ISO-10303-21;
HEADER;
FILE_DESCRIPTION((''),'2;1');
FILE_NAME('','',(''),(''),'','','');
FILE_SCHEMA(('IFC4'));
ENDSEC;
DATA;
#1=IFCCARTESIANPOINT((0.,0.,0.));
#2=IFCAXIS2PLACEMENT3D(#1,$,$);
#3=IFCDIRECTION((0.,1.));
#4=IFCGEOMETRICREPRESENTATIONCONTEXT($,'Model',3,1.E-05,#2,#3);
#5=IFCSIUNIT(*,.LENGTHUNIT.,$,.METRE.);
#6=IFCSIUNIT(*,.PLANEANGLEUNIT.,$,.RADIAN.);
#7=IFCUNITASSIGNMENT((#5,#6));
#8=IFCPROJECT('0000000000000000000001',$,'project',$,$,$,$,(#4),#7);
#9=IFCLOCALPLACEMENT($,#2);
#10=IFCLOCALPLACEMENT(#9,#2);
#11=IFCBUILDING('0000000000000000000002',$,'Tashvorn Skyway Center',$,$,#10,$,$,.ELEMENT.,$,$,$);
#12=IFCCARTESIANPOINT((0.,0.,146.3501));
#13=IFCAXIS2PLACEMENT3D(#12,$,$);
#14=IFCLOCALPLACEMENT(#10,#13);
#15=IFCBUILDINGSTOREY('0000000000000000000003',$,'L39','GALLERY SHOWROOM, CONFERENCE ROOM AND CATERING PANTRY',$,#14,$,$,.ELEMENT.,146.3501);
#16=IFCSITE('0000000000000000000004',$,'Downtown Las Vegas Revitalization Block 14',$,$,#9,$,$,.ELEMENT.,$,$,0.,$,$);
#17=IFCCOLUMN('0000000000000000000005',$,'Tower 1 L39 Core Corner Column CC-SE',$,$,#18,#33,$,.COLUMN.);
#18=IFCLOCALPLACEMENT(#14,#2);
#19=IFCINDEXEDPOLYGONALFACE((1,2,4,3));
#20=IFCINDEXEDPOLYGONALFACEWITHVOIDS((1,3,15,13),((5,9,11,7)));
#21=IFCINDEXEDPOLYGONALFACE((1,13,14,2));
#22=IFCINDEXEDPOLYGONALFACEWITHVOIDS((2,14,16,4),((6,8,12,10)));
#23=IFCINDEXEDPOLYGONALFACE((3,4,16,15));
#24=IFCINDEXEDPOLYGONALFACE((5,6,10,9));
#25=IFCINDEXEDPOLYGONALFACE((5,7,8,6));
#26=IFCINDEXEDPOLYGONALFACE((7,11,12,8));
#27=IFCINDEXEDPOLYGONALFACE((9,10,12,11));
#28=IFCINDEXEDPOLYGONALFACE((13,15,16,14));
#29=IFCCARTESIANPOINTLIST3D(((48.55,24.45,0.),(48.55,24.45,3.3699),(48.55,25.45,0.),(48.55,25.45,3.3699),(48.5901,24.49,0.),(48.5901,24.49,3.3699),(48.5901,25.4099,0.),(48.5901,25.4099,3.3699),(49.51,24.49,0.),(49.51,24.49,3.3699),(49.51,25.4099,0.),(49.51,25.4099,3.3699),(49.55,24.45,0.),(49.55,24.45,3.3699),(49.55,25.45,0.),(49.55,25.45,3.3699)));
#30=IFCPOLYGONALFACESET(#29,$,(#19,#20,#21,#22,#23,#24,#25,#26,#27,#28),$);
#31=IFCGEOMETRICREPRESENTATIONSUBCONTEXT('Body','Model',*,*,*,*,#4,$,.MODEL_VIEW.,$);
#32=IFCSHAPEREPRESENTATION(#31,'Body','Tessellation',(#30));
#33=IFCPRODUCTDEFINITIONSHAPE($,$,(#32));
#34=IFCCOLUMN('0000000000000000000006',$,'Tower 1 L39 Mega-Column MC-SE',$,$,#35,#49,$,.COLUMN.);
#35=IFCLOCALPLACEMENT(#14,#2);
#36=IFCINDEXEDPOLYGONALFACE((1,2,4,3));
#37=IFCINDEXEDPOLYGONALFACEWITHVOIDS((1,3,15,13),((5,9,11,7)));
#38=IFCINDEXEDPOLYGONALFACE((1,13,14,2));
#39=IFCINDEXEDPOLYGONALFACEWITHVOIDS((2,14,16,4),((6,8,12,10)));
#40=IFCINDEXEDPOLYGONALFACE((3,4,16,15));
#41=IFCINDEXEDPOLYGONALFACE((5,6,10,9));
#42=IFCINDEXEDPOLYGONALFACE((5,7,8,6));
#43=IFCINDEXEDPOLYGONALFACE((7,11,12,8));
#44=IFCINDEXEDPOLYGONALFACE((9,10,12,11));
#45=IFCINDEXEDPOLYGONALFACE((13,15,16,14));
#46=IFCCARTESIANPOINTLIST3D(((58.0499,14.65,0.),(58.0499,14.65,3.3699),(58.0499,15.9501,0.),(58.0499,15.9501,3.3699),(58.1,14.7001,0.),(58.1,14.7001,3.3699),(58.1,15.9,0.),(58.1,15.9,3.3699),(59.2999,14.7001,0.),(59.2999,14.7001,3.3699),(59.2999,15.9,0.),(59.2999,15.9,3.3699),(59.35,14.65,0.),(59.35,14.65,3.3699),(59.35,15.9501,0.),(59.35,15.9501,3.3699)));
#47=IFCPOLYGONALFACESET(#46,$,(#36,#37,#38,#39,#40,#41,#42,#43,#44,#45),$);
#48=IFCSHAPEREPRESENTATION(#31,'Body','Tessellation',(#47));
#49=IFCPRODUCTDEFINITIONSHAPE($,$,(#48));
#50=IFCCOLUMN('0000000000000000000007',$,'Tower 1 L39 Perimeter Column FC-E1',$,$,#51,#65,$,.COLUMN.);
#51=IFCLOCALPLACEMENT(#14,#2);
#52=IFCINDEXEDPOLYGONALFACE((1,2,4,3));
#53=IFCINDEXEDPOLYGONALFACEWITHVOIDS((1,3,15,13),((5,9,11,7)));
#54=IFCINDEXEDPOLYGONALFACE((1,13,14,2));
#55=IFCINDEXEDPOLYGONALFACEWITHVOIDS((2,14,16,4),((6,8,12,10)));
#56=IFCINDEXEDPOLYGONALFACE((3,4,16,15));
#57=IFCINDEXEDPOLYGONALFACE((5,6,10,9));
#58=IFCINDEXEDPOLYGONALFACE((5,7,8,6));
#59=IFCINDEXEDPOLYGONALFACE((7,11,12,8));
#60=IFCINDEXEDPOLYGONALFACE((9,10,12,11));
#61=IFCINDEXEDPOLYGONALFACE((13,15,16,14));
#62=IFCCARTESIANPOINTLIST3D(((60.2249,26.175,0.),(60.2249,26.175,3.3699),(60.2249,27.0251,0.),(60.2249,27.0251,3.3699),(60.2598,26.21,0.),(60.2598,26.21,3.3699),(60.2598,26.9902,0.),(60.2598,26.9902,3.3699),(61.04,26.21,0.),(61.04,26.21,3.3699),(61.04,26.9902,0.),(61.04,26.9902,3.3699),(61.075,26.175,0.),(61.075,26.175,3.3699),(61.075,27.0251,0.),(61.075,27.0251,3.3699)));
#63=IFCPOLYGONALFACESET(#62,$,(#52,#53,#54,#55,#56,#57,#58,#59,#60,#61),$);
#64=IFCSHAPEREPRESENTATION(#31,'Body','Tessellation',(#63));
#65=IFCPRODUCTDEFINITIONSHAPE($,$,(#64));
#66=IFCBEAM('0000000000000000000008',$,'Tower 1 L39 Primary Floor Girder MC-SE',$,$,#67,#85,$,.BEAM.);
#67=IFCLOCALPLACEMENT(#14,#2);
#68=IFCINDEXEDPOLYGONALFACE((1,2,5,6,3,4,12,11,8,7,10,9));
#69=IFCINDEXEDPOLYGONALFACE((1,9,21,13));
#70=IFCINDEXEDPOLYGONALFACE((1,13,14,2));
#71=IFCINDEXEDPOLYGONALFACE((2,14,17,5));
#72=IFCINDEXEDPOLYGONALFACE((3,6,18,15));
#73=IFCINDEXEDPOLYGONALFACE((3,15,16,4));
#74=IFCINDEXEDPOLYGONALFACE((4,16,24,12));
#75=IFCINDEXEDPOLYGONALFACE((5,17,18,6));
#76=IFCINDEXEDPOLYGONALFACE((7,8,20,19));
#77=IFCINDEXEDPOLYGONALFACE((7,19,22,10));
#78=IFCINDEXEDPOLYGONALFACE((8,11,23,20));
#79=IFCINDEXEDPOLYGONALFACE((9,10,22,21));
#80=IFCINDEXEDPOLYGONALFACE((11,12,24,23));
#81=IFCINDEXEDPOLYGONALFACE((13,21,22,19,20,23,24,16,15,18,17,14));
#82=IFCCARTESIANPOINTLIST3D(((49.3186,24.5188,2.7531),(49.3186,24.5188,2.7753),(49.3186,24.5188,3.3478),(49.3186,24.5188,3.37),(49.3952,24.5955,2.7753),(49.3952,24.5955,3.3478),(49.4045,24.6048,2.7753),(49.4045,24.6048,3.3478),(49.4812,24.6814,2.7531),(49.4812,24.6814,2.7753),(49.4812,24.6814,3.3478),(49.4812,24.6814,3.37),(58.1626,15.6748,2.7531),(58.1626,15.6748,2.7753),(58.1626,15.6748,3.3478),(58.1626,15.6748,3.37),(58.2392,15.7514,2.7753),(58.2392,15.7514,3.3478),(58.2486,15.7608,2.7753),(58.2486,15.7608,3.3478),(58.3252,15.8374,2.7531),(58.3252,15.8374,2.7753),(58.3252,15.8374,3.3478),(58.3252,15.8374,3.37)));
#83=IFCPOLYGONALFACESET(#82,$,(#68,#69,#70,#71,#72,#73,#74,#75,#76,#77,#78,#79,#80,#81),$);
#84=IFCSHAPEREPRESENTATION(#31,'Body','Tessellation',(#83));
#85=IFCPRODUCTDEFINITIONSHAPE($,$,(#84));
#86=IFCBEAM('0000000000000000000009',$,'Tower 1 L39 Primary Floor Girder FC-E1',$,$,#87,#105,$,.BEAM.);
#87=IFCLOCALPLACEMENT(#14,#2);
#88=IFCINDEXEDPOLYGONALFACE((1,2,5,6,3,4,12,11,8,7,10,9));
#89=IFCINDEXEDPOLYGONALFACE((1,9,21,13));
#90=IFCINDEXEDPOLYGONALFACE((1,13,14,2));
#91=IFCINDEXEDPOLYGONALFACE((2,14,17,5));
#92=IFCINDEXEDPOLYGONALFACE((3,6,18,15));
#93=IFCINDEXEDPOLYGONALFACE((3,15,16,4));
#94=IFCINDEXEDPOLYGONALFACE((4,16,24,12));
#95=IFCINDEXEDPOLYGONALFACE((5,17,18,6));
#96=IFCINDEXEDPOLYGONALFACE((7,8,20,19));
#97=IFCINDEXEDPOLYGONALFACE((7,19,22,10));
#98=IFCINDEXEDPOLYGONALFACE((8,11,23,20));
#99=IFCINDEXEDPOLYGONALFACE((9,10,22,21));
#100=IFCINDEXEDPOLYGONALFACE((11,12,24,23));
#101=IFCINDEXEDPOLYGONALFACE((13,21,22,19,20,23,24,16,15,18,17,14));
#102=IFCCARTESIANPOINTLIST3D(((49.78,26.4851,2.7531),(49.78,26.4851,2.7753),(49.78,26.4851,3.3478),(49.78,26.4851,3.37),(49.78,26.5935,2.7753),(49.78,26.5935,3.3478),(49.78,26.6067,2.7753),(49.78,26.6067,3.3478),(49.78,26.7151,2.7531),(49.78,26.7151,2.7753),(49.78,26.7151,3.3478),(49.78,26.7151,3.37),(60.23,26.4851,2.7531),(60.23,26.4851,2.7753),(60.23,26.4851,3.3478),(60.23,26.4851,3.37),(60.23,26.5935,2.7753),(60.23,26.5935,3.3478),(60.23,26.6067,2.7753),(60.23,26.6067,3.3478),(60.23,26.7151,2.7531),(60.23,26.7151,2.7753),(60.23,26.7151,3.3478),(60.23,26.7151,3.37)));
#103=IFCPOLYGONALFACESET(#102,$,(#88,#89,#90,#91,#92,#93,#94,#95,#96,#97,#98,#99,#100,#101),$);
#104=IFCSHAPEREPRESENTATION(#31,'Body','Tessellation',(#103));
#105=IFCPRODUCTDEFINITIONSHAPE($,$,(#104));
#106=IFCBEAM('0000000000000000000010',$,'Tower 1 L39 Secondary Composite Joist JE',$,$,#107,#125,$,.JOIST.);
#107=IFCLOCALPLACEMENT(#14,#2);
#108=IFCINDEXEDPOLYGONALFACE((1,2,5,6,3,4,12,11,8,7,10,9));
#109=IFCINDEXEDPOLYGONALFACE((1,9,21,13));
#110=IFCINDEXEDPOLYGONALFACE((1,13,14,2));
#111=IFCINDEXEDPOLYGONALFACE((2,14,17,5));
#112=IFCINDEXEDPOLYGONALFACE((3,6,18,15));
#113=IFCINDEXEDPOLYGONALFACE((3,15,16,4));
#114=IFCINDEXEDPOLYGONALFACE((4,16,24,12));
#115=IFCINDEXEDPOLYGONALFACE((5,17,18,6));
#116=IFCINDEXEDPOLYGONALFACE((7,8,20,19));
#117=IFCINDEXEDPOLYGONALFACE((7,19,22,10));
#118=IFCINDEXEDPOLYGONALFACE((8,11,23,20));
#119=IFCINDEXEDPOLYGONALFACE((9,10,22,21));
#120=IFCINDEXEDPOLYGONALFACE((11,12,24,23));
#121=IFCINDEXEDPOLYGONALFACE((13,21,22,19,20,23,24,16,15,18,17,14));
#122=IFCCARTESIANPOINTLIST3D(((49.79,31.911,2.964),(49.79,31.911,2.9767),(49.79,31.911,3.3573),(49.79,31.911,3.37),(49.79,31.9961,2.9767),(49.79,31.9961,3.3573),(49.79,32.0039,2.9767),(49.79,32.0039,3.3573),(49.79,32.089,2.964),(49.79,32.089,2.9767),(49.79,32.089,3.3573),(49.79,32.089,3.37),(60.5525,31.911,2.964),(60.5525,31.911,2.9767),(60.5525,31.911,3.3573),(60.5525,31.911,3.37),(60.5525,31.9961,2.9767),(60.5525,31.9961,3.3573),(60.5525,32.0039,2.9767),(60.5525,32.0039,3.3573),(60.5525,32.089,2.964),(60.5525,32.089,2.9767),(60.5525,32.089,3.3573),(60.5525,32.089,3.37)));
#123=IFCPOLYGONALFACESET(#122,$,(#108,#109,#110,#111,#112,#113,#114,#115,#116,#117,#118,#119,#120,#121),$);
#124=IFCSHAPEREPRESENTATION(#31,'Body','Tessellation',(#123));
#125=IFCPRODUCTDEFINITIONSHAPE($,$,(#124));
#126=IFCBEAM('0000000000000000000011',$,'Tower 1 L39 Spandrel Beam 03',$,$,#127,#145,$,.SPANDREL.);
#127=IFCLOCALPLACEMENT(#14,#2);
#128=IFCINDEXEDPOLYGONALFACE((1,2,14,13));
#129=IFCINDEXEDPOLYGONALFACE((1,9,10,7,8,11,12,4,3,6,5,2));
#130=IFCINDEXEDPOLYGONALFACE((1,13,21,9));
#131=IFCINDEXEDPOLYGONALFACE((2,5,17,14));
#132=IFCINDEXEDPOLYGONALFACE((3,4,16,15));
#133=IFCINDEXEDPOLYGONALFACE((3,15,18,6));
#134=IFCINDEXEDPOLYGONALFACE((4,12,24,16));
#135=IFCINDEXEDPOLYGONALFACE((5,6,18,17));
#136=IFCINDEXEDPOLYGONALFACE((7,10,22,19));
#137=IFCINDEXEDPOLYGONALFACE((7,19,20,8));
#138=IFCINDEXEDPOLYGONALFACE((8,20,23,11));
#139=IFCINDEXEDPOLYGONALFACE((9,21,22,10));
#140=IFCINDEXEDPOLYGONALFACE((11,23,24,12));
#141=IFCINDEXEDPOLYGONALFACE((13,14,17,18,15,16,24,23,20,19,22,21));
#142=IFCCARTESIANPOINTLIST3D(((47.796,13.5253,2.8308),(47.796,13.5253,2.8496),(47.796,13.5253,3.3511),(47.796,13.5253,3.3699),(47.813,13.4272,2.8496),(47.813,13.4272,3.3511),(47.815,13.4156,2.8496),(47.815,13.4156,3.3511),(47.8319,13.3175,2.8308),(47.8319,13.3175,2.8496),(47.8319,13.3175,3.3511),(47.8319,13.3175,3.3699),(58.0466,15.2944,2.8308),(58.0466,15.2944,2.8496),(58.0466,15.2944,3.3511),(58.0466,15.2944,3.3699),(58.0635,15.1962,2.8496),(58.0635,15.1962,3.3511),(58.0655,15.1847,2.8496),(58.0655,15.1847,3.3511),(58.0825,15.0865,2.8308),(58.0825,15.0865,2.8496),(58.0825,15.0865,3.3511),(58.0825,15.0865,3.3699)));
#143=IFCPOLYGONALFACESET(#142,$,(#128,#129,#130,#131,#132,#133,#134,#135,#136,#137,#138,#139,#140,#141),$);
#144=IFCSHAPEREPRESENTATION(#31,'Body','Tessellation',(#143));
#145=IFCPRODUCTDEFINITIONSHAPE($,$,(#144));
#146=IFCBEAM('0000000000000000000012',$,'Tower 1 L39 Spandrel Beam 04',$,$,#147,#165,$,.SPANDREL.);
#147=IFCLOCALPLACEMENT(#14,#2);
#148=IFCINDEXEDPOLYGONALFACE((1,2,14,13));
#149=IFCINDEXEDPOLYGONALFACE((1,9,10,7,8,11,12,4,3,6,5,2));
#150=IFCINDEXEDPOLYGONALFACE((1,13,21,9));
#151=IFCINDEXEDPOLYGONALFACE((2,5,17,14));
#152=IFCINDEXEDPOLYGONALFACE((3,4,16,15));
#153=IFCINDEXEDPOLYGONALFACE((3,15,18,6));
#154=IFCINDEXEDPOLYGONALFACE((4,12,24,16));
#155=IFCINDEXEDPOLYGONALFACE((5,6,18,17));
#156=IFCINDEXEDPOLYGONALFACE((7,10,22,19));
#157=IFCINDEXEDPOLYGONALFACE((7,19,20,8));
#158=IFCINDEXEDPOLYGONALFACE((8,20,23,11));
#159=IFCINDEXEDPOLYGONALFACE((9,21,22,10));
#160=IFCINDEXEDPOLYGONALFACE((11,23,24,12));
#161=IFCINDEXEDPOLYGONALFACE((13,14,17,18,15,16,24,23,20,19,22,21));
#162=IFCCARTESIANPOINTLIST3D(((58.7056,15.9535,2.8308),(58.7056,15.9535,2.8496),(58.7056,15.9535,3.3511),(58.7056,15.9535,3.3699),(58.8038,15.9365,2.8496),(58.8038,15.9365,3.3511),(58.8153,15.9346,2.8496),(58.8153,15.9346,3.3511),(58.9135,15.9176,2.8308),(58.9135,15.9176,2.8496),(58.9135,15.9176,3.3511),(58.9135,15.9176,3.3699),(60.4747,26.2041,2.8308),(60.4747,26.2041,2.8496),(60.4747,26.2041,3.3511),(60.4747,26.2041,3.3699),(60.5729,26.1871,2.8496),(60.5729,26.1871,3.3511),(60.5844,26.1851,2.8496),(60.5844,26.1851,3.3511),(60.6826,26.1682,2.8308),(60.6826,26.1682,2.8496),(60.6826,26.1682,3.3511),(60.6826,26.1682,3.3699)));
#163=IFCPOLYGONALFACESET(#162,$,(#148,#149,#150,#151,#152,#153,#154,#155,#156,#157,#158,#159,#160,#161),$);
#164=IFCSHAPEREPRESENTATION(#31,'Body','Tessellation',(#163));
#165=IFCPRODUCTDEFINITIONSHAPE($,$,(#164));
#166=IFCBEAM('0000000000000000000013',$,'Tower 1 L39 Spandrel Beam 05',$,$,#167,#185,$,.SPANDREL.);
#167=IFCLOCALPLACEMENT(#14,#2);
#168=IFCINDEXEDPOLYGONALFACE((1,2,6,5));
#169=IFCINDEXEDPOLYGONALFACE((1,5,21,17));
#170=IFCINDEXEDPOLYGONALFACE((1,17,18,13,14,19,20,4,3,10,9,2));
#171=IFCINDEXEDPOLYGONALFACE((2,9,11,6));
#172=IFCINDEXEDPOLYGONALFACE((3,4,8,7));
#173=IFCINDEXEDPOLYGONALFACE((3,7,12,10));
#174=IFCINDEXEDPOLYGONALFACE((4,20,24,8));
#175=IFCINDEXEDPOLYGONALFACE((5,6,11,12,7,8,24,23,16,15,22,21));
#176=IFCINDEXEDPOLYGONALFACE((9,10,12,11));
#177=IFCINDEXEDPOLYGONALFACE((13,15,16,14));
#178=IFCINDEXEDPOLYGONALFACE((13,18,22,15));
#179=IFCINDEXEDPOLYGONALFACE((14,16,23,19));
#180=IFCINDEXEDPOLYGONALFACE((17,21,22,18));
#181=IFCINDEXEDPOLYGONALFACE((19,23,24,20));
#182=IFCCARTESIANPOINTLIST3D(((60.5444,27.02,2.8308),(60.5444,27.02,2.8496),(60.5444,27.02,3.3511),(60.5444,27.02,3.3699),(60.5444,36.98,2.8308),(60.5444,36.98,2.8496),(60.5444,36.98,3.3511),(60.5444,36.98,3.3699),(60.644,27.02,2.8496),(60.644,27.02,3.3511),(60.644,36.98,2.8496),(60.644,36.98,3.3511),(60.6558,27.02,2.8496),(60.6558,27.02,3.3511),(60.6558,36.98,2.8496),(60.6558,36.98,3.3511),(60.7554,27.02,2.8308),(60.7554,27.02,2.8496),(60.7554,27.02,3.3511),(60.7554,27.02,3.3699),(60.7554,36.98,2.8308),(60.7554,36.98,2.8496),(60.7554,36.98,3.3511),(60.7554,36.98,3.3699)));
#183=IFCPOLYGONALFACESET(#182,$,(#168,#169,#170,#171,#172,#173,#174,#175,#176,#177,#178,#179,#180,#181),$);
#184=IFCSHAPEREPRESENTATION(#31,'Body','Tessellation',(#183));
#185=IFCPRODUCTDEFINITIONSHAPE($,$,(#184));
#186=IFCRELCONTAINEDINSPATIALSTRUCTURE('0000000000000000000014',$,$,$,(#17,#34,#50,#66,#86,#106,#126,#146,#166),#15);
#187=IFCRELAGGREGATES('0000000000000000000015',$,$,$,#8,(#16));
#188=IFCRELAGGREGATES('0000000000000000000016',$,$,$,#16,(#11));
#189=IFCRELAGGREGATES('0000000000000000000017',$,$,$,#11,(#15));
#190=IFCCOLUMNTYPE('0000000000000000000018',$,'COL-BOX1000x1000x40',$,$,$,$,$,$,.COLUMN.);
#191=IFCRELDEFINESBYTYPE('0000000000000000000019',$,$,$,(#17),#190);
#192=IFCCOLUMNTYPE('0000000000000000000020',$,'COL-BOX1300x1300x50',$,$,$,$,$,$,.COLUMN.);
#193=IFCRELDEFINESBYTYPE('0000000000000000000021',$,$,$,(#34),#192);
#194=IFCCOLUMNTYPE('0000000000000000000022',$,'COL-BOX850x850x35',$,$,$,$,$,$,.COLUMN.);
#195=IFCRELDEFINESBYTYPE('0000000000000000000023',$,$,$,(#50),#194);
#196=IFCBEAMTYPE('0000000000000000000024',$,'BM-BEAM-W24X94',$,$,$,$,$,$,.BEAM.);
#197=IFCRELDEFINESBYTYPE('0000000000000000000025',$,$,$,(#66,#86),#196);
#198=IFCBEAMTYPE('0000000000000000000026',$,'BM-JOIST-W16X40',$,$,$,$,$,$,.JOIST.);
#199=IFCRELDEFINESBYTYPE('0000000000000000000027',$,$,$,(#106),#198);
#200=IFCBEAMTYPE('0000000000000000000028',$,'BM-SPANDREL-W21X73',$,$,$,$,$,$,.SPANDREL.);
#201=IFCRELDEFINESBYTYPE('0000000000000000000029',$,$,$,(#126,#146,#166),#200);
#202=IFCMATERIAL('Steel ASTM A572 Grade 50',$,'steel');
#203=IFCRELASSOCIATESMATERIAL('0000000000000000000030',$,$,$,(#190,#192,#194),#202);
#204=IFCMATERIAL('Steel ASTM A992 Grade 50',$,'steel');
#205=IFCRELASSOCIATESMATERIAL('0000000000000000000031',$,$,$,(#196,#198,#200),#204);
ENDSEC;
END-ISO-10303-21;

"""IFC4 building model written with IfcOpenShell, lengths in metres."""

from ifc_helpers import new_model, si_unit, direction, frame, origin, origin_2d, place, context, subcontext, project, spatial, hollow_rectangle, i_section, extrude, material, material_profile, profile_set, type_object, element, save


model = new_model("IFC4")

# Units and contexts
model_context = context("Model", 3, precision=1e-05, world=origin(), true_north=direction((0.0, 1.0)))
body_context = subcontext(model_context, "Body", "Model", "MODEL_VIEW")
ifc_project = project(units=[si_unit("LENGTHUNIT", "METRE"), si_unit("PLANEANGLEUNIT", "RADIAN")], contexts=[model_context])

# Site, building, storey
site_placement = place(None, origin())
site = spatial("IfcSite", under=ifc_project, at=site_placement, Name="Downtown Las Vegas Revitalization Block 14", CompositionType="ELEMENT", RefElevation=0.0)
building_placement = place(site_placement, origin())
building = spatial("IfcBuilding", under=site, at=building_placement, Name="Tashvorn Skyway Center", CompositionType="ELEMENT")
storey_placement = place(building_placement, frame((0.0, 0.0, 146.3501)))
storey = spatial("IfcBuildingStorey", under=building, at=storey_placement, Name="L39", Description="GALLERY SHOWROOM, CONFERENCE ROOM AND CATERING PANTRY", CompositionType="ELEMENT", Elevation=146.3501)

# Columns
ifc_material_1 = material(Name="Steel ASTM A572 Grade 50", Category="steel")
ifc_material_profile_1 = material_profile(ifc_material_1, hollow_rectangle(XDim=1.0, YDim=1.0, WallThickness=0.04, at=origin_2d()), Name="BOX1000x1000x40")
ifc_profile_set_1 = profile_set([ifc_material_profile_1], Name="Steel ASTM A572 Grade 50")
column_type_1 = type_object("IfcColumnType", Name="COL-BOX1000x1000x40", PredefinedType="COLUMN", material=ifc_profile_set_1)
column_1_placement = place(storey_placement, frame((49.05, 24.95, 0.0), z_axis=(0.0, 0.0, 1.0), x_axis=(1.0, 0.0, 0.0)))
element("IfcColumn", 1, at=column_1_placement, inside=storey, type_object=column_type_1, Name="Tower 1 L39 Core Corner Column CC-SE", PredefinedType="COLUMN", context=body_context, shape_type="SweptSolid", body=[
    extrude(hollow_rectangle(XDim=1.0, YDim=1.0, WallThickness=0.04, at=origin_2d()), origin(), (0.0, 0.0, 1.0), 3.3699),
])
ifc_material_profile_2 = material_profile(ifc_material_1, hollow_rectangle(XDim=1.3, YDim=1.3, WallThickness=0.05, at=origin_2d()), Name="BOX1300x1300x50")
ifc_profile_set_2 = profile_set([ifc_material_profile_2], Name="Steel ASTM A572 Grade 50")
column_type_2 = type_object("IfcColumnType", Name="COL-BOX1300x1300x50", PredefinedType="COLUMN", material=ifc_profile_set_2)
column_2_placement = place(storey_placement, frame((58.7, 15.3, 0.0), z_axis=(0.0, 0.0, 1.0), x_axis=(1.0, 0.0, 0.0)))
element("IfcColumn", 2, at=column_2_placement, inside=storey, type_object=column_type_2, Name="Tower 1 L39 Mega-Column MC-SE", PredefinedType="COLUMN", context=body_context, shape_type="SweptSolid", body=[
    extrude(hollow_rectangle(XDim=1.3, YDim=1.3, WallThickness=0.05, at=origin_2d()), origin(), (0.0, 0.0, 1.0), 3.3699),
])
ifc_material_profile_3 = material_profile(ifc_material_1, hollow_rectangle(XDim=0.8501, YDim=0.8501, WallThickness=0.0349, at=origin_2d()), Name="BOX850x850x35")
ifc_profile_set_3 = profile_set([ifc_material_profile_3], Name="Steel ASTM A572 Grade 50")
column_type_3 = type_object("IfcColumnType", Name="COL-BOX850x850x35", PredefinedType="COLUMN", material=ifc_profile_set_3)
column_3_placement = place(storey_placement, frame((60.6499, 26.6001, 0.0), z_axis=(0.0, 0.0, 1.0), x_axis=(1.0, 0.0, 0.0)))
element("IfcColumn", 3, at=column_3_placement, inside=storey, type_object=column_type_3, Name="Tower 1 L39 Perimeter Column FC-E1", PredefinedType="COLUMN", context=body_context, shape_type="SweptSolid", body=[
    extrude(hollow_rectangle(XDim=0.8501, YDim=0.8501, WallThickness=0.0349, at=origin_2d()), origin(), (0.0, 0.0, 1.0), 3.3699),
])

# Beams
ifc_material_2 = material(Name="Steel ASTM A992 Grade 50", Category="steel")
ifc_material_profile_4 = material_profile(ifc_material_2, i_section(OverallWidth=0.23, OverallDepth=0.6169, WebThickness=0.0132, FlangeThickness=0.0222, at=origin_2d()), Name="W24X94")
ifc_profile_set_4 = profile_set([ifc_material_profile_4], Name="Steel ASTM A992 Grade 50")
beam_type_1 = type_object("IfcBeamType", Name="BM-BEAM-W24X94", PredefinedType="BEAM", material=ifc_profile_set_4)
beam_1_placement = place(storey_placement, frame((58.2439, 15.7561, 3.0615), z_axis=(-0.707107, 0.707107, 0.0), x_axis=(-0.707107, -0.707107, 0.0)))
element("IfcBeam", 4, at=beam_1_placement, inside=storey, type_object=beam_type_1, Name="Tower 1 L39 Primary Floor Girder MC-SE", PredefinedType="BEAM", context=body_context, shape_type="SweptSolid", body=[
    extrude(i_section(OverallWidth=0.23, OverallDepth=0.6169, WebThickness=0.0132, FlangeThickness=0.0222, at=origin_2d()), origin(), (0.0, 0.0, 1.0), 12.5073),
])
beam_2_placement = place(storey_placement, frame((60.23, 26.6001, 3.0615), z_axis=(-1.0, 0.0, 0.0), x_axis=(0.0, -1.0, 0.0)))
element("IfcBeam", 5, at=beam_2_placement, inside=storey, type_object=beam_type_1, Name="Tower 1 L39 Primary Floor Girder FC-E1", PredefinedType="BEAM", context=body_context, shape_type="SweptSolid", body=[
    extrude(i_section(OverallWidth=0.23, OverallDepth=0.6169, WebThickness=0.0132, FlangeThickness=0.0222, at=origin_2d()), origin(), (0.0, 0.0, 1.0), 10.45),
])
ifc_material_profile_5 = material_profile(ifc_material_2, i_section(OverallWidth=0.178, OverallDepth=0.406, WebThickness=0.0078, FlangeThickness=0.0127, at=origin_2d()), Name="W16X40")
ifc_profile_set_5 = profile_set([ifc_material_profile_5], Name="Steel ASTM A992 Grade 50")
beam_type_2 = type_object("IfcBeamType", Name="BM-JOIST-W16X40", PredefinedType="JOIST", material=ifc_profile_set_5)
beam_3_placement = place(storey_placement, frame((49.79, 32.0, 3.167), z_axis=(1.0, 0.0, 0.0), x_axis=(0.0, 1.0, 0.0)))
element("IfcBeam", 6, at=beam_3_placement, inside=storey, type_object=beam_type_2, Name="Tower 1 L39 Secondary Composite Joist JE", PredefinedType="JOIST", context=body_context, shape_type="SweptSolid", body=[
    extrude(i_section(OverallWidth=0.178, OverallDepth=0.406, WebThickness=0.0078, FlangeThickness=0.0127, at=origin_2d()), origin(), (0.0, 0.0, 1.0), 10.7625),
])
ifc_material_profile_6 = material_profile(ifc_material_2, i_section(OverallWidth=0.2109, OverallDepth=0.5391, WebThickness=0.0117, FlangeThickness=0.0188, at=origin_2d()), Name="W21X73")
ifc_profile_set_6 = profile_set([ifc_material_profile_6], Name="Steel ASTM A992 Grade 50")
beam_type_3 = type_object("IfcBeamType", Name="BM-SPANDREL-W21X73", PredefinedType="SPANDREL", material=ifc_profile_set_6)
for number, where, z_axis, x_axis, name in (
    (7, (47.814, 13.4214, 3.1003), (0.985432, 0.170067, 0.0), (-0.170067, 0.985432, 0.0), "Tower 1 L39 Spandrel Beam 03"),
    (8, (58.8096, 15.9355, 3.1003), (0.170067, 0.985432, 0.0), (-0.985432, 0.170067, 0.0), "Tower 1 L39 Spandrel Beam 04"),
):
    element("IfcBeam", number, at=place(storey_placement, frame(where, z_axis=z_axis, x_axis=x_axis)), inside=storey, type_object=beam_type_3, Name=name, PredefinedType="SPANDREL", context=body_context, shape_type="SweptSolid", body=[
        extrude(i_section(OverallWidth=0.2109, OverallDepth=0.5391, WebThickness=0.0117, FlangeThickness=0.0188, at=origin_2d()), origin(), (0.0, 0.0, 1.0), 10.4021),
    ])
beam_4_placement = place(storey_placement, frame((60.6499, 27.02, 3.1003), z_axis=(0.0, 1.0, 0.0), x_axis=(-1.0, 0.0, 0.0)))
element("IfcBeam", 9, at=beam_4_placement, inside=storey, type_object=beam_type_3, Name="Tower 1 L39 Spandrel Beam 05", PredefinedType="SPANDREL", context=body_context, shape_type="SweptSolid", body=[
    extrude(i_section(OverallWidth=0.2109, OverallDepth=0.5391, WebThickness=0.0117, FlangeThickness=0.0188, at=origin_2d()), origin(), (0.0, 0.0, 1.0), 9.96),
])

save(model, "model.ifc")
